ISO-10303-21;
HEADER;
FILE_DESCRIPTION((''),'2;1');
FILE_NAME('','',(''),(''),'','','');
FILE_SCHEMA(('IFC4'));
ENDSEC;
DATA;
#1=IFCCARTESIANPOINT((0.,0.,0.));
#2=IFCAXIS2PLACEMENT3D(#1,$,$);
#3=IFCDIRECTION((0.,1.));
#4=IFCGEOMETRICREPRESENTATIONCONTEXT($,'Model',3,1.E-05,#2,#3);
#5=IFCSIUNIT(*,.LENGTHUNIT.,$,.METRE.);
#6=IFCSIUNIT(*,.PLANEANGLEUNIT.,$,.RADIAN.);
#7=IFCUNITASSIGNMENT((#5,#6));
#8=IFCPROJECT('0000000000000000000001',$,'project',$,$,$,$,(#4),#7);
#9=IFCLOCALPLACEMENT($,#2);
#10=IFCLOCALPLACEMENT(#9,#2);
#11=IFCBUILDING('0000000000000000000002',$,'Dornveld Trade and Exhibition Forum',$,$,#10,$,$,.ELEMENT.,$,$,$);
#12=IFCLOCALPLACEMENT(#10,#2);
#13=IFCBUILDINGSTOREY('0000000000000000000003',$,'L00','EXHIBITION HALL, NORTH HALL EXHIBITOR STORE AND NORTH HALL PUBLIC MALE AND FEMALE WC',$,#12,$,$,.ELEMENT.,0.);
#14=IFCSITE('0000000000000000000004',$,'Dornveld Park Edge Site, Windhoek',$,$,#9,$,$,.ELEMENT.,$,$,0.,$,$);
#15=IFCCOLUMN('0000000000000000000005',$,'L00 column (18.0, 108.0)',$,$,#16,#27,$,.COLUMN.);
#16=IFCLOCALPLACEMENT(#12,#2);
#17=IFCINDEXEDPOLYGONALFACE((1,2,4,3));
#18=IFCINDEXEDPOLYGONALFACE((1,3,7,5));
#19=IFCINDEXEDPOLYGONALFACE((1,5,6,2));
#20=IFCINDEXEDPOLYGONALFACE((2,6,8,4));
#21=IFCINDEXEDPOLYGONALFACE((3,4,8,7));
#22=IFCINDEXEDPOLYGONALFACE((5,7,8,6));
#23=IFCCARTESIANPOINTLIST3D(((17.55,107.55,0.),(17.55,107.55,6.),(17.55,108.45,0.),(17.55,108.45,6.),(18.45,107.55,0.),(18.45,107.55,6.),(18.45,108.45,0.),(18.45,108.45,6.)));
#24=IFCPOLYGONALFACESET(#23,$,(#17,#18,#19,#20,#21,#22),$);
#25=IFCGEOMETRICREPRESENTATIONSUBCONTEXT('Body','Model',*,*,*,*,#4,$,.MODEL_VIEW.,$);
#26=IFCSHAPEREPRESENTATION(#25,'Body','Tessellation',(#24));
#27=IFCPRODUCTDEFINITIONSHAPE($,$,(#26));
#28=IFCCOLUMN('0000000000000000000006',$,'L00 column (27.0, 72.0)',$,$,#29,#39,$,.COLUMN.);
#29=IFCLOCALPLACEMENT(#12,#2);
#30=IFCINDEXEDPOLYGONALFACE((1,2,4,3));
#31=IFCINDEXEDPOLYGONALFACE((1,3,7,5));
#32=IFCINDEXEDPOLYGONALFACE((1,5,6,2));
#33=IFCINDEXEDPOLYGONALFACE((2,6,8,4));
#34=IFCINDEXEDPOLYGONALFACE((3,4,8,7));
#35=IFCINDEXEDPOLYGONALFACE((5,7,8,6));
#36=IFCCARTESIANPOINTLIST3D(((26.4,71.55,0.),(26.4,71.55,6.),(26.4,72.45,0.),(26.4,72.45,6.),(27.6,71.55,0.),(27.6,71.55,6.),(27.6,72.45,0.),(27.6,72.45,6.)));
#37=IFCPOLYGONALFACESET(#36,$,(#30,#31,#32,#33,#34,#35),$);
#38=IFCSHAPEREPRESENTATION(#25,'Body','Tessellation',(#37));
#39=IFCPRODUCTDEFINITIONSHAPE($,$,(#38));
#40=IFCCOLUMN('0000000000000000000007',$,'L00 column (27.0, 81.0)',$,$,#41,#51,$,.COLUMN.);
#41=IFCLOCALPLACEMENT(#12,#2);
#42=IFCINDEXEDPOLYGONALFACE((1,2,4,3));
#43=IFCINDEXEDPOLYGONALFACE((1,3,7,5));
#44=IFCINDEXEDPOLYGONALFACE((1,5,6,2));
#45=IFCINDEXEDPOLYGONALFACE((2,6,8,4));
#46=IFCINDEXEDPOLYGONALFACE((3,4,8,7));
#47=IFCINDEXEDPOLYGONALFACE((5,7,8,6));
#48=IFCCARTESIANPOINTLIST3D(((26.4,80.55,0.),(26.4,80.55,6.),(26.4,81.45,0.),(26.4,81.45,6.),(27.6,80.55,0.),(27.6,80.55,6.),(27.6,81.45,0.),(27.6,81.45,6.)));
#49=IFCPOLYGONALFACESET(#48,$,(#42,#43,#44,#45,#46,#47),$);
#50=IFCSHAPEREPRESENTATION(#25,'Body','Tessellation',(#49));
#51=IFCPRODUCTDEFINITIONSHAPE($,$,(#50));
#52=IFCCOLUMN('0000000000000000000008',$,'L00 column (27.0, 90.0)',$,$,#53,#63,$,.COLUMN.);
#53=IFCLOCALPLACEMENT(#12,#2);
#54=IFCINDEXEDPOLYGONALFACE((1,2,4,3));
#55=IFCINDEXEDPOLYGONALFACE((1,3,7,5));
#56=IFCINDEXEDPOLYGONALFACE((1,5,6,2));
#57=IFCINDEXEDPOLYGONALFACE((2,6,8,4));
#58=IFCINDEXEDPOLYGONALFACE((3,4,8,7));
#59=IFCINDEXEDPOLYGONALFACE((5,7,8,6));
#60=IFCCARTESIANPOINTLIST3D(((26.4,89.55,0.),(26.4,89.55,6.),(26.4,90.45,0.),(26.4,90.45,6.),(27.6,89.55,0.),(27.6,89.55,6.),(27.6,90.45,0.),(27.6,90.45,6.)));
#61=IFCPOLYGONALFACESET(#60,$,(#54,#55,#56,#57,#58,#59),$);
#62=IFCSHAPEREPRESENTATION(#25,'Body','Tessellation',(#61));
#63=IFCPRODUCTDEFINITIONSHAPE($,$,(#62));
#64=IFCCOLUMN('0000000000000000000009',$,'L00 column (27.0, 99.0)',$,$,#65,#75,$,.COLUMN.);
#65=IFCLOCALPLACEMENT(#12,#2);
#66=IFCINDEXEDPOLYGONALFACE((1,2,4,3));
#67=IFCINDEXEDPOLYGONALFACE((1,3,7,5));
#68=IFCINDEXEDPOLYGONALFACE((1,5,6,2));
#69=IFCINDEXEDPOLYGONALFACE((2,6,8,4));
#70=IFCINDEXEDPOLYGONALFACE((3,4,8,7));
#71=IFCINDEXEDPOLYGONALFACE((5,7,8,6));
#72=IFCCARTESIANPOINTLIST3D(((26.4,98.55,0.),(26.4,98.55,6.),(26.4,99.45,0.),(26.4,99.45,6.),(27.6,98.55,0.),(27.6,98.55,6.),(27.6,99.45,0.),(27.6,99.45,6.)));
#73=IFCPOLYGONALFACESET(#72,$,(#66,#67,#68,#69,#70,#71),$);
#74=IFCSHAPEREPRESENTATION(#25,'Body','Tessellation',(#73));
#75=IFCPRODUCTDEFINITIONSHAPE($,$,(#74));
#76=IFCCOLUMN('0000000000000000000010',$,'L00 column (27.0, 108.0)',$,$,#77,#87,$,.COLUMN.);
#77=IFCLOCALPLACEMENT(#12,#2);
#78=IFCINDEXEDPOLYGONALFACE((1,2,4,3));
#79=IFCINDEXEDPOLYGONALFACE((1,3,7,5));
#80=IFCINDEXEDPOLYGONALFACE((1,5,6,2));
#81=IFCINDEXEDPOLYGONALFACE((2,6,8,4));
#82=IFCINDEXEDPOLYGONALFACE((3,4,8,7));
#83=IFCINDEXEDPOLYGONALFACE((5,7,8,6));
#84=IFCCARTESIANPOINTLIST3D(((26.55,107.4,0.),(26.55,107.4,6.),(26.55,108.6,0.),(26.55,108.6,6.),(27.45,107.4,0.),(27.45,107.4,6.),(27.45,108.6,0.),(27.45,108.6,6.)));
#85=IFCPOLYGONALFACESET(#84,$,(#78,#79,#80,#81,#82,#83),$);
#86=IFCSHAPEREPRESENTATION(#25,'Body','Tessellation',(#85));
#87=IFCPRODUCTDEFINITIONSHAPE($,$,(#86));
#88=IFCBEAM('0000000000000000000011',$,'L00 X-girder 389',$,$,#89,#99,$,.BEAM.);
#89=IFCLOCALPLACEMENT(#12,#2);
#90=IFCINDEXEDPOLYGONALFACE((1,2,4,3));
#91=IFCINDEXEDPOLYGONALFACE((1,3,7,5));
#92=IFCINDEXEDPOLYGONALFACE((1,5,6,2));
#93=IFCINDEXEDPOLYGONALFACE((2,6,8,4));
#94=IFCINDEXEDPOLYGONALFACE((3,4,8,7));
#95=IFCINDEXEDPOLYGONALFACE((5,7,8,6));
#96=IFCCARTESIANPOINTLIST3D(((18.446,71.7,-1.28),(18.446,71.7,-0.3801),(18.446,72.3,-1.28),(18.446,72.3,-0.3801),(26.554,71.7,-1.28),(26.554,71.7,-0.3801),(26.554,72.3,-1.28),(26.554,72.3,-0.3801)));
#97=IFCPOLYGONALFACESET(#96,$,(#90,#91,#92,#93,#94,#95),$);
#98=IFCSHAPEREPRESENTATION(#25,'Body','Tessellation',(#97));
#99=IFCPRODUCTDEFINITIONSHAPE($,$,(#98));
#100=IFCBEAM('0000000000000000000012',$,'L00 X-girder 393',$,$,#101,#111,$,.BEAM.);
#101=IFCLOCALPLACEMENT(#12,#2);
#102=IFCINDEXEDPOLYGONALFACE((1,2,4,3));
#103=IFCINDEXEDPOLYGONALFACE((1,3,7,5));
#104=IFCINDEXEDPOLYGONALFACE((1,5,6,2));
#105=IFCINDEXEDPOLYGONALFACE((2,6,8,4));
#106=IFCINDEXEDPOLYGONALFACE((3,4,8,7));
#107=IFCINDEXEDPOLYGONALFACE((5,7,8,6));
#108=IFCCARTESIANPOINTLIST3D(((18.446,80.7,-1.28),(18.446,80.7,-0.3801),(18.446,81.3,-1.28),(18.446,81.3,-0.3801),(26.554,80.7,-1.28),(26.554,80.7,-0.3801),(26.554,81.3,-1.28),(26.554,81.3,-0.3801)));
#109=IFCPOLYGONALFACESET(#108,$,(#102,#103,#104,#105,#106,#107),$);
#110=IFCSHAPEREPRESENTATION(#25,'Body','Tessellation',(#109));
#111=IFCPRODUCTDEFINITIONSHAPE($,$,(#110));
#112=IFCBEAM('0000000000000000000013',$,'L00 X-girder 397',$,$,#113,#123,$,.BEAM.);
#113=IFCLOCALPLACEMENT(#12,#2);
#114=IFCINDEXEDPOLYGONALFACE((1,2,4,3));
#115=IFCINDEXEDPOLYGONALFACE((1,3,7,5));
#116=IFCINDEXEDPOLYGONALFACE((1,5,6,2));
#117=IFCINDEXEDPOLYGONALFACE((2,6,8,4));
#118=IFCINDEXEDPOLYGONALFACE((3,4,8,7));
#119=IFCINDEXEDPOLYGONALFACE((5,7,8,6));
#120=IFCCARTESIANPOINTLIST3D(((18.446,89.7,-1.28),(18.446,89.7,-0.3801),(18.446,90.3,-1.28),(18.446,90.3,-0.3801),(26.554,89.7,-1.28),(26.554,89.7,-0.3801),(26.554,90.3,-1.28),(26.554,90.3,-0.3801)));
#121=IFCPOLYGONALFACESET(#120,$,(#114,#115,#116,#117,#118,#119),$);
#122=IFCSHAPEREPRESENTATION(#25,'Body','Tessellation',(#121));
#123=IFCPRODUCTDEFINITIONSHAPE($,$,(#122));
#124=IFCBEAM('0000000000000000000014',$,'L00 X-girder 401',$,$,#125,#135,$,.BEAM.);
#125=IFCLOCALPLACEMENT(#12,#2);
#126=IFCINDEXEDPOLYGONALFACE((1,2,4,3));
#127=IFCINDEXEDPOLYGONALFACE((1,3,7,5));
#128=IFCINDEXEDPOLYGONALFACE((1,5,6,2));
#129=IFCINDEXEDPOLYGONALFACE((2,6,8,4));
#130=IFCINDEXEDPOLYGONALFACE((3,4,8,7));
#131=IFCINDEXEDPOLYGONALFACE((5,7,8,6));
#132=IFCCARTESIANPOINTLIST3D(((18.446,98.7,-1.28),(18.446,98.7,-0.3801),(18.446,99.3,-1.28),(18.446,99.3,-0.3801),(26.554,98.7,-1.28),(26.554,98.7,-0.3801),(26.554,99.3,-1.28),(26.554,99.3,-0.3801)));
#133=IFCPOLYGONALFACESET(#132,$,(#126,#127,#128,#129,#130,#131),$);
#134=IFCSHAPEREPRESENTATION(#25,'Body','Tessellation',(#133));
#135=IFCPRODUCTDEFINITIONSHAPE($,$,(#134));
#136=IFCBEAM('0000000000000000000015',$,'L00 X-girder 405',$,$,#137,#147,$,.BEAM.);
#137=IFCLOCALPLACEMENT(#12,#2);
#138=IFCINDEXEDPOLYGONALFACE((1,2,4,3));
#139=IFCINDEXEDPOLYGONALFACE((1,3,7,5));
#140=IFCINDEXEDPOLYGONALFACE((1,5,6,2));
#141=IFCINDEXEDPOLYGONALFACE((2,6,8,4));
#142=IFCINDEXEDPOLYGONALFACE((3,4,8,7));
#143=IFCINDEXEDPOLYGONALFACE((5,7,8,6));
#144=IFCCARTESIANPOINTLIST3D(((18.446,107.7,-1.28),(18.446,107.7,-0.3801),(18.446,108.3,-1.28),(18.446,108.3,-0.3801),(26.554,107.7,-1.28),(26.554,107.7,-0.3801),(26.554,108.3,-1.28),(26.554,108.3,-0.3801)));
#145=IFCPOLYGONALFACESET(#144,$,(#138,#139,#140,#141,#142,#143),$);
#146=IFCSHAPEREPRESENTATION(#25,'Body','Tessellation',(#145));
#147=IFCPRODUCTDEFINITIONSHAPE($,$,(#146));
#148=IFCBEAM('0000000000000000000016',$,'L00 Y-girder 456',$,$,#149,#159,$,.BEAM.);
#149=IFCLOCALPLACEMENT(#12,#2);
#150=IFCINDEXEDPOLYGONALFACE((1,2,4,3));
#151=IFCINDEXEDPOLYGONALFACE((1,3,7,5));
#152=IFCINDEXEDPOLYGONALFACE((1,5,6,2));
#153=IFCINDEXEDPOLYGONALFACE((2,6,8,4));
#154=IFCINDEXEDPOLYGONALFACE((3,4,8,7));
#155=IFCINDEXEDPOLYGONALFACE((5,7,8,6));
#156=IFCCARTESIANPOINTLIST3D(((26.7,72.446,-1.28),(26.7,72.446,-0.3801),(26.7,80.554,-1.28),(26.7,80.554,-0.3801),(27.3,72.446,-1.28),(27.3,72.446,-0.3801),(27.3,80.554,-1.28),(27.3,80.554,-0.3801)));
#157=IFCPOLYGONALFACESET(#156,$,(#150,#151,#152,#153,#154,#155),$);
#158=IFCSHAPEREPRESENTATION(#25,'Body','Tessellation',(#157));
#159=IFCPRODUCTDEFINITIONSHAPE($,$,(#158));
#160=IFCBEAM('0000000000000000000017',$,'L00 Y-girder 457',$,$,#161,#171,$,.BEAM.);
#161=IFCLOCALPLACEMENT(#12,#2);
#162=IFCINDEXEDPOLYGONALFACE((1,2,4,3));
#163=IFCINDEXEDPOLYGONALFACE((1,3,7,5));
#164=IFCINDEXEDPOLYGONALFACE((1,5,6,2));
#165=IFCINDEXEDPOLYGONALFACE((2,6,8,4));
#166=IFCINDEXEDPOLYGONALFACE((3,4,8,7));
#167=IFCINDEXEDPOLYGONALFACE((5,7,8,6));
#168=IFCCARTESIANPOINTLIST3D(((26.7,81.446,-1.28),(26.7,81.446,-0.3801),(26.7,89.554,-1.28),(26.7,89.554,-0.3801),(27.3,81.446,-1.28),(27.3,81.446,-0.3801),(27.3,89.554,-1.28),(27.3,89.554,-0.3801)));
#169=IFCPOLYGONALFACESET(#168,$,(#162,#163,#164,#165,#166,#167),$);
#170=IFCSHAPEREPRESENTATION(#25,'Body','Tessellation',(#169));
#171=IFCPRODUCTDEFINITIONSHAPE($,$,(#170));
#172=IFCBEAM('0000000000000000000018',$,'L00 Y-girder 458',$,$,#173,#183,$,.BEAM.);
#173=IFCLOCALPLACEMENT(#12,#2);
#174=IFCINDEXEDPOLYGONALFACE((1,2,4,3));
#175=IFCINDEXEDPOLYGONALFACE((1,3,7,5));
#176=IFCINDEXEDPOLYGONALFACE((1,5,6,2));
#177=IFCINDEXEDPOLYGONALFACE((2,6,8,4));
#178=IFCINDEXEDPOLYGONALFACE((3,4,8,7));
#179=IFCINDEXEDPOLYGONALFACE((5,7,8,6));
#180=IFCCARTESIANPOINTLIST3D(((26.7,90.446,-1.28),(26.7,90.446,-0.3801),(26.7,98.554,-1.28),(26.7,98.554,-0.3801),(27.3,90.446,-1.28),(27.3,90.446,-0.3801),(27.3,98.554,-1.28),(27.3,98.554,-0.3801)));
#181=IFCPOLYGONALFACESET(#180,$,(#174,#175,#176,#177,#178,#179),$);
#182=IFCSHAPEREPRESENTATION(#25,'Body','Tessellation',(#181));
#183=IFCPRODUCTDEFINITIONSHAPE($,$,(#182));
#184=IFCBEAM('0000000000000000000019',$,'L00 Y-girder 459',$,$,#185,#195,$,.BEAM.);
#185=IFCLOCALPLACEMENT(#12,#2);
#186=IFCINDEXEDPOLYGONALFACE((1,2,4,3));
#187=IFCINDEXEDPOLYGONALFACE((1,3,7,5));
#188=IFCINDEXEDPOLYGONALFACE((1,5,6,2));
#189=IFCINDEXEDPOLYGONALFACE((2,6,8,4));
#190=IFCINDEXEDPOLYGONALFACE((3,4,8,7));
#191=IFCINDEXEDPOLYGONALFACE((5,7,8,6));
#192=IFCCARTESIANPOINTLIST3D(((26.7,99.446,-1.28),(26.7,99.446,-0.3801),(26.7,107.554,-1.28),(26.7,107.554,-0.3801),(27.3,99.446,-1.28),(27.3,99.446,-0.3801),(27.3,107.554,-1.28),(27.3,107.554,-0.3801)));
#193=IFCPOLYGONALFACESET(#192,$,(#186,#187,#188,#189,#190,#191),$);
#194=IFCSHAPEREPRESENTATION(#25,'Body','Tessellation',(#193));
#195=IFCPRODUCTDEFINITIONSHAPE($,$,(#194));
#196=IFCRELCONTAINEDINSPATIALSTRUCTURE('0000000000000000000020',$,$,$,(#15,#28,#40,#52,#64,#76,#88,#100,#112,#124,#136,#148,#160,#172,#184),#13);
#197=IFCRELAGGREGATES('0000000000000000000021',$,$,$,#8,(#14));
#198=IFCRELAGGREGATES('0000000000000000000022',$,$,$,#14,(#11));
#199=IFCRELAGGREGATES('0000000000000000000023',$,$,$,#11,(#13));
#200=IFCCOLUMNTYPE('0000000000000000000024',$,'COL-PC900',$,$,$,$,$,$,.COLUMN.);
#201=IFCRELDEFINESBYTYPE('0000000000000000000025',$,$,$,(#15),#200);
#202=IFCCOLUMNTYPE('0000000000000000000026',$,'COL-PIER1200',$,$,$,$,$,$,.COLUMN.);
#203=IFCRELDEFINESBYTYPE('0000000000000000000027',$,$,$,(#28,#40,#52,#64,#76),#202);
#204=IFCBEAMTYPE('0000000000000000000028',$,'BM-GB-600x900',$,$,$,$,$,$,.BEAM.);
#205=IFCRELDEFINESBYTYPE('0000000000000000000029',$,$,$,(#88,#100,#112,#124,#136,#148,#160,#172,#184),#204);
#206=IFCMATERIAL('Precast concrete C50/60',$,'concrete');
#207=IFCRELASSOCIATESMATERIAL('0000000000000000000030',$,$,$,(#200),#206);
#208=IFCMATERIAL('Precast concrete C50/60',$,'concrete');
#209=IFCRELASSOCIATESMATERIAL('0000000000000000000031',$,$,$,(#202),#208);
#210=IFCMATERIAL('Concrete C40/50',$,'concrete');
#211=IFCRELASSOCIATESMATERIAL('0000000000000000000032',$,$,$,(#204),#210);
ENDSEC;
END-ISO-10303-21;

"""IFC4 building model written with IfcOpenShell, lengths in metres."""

from ifc_helpers import new_model, si_unit, direction, frame, origin, origin_2d, place, context, subcontext, project, spatial, rectangle, extrude, material, material_profile, profile_set, type_object, element, save


model = new_model("IFC4")

# Units and contexts
model_context = context("Model", 3, precision=1e-05, world=origin(), true_north=direction((0.0, 1.0)))
body_context = subcontext(model_context, "Body", "Model", "MODEL_VIEW")
ifc_project = project(units=[si_unit("LENGTHUNIT", "METRE"), si_unit("PLANEANGLEUNIT", "RADIAN")], contexts=[model_context])

# Site, building, storey
site_placement = place(None, origin())
site = spatial("IfcSite", under=ifc_project, at=site_placement, Name="Dornveld Park Edge Site, Windhoek", CompositionType="ELEMENT", RefElevation=0.0)
building_placement = place(site_placement, origin())
building = spatial("IfcBuilding", under=site, at=building_placement, Name="Dornveld Trade and Exhibition Forum", CompositionType="ELEMENT")
storey_placement = place(building_placement, origin())
storey = spatial("IfcBuildingStorey", under=building, at=storey_placement, Name="L00", Description="EXHIBITION HALL, NORTH HALL EXHIBITOR STORE AND NORTH HALL PUBLIC MALE AND FEMALE WC", CompositionType="ELEMENT", Elevation=0.0)

# Columns
ifc_material_1 = material(Name="Precast concrete C50/60", Category="concrete")
ifc_material_profile_1 = material_profile(ifc_material_1, rectangle(XDim=0.8999, YDim=0.8999, at=origin_2d()), Name="PC-COL 900x900")
ifc_profile_set_1 = profile_set([ifc_material_profile_1], Name="Precast concrete C50/60")
column_type_1 = type_object("IfcColumnType", Name="COL-PC900", PredefinedType="COLUMN", material=ifc_profile_set_1)
column_placement = place(storey_placement, frame((18.0, 108.0, 0.0), z_axis=(0.0, 0.0, 1.0), x_axis=(1.0, 0.0, 0.0)))
element("IfcColumn", 1, at=column_placement, inside=storey, type_object=column_type_1, Name="L00 column (18.0, 108.0)", PredefinedType="COLUMN", context=body_context, shape_type="SweptSolid", body=[
    extrude(rectangle(XDim=0.8999, YDim=0.8999, at=origin_2d()), origin(), (0.0, 0.0, 1.0), 6.0),
])
ifc_material_2 = material(Name="Precast concrete C50/60", Category="concrete")
ifc_material_profile_2 = material_profile(ifc_material_2, rectangle(XDim=1.2, YDim=0.8999, at=origin_2d()), Name="PC-PIER 1200x900")
ifc_profile_set_2 = profile_set([ifc_material_profile_2], Name="Precast concrete C50/60")
column_type_2 = type_object("IfcColumnType", Name="COL-PIER1200", PredefinedType="COLUMN", material=ifc_profile_set_2)
for number, where, z_axis, x_axis, name in (
    (2, (27.0, 72.0, 0.0), (0.0, 0.0, 1.0), (1.0, 0.0, 0.0), "L00 column (27.0, 72.0)"),
    (3, (27.0, 81.0, 0.0), (0.0, 0.0, 1.0), (1.0, 0.0, 0.0), "L00 column (27.0, 81.0)"),
    (4, (27.0, 90.0, 0.0), (0.0, 0.0, 1.0), (1.0, 0.0, 0.0), "L00 column (27.0, 90.0)"),
    (5, (27.0, 99.0, 0.0), (0.0, 0.0, 1.0), (1.0, 0.0, 0.0), "L00 column (27.0, 99.0)"),
    (6, (27.0, 108.0, 0.0), (0.0, 0.0, 1.0), (0.0, 1.0, 0.0), "L00 column (27.0, 108.0)"),
):
    element("IfcColumn", number, at=place(storey_placement, frame(where, z_axis=z_axis, x_axis=x_axis)), inside=storey, type_object=column_type_2, Name=name, PredefinedType="COLUMN", context=body_context, shape_type="SweptSolid", body=[
        extrude(rectangle(XDim=1.2, YDim=0.8999, at=origin_2d()), origin(), (0.0, 0.0, 1.0), 6.0),
    ])

# Beams
ifc_material_3 = material(Name="Concrete C40/50", Category="concrete")
ifc_material_profile_3 = material_profile(ifc_material_3, rectangle(XDim=0.6001, YDim=0.8999, at=origin_2d()), Name="RC-GB 600x900")
ifc_profile_set_3 = profile_set([ifc_material_profile_3], Name="Concrete C40/50")
beam_type_1 = type_object("IfcBeamType", Name="BM-GB-600x900", PredefinedType="BEAM", material=ifc_profile_set_3)
for number, where, z_axis, x_axis, name in (
    (7, (18.446, 72.0, -0.8301), (1.0, 0.0, 0.0), (0.0, 1.0, 0.0), "L00 X-girder 389"),
    (8, (18.446, 81.0, -0.8301), (1.0, 0.0, 0.0), (0.0, 1.0, 0.0), "L00 X-girder 393"),
    (9, (18.446, 90.0, -0.8301), (1.0, 0.0, 0.0), (0.0, 1.0, 0.0), "L00 X-girder 397"),
    (10, (18.446, 99.0, -0.8301), (1.0, 0.0, 0.0), (0.0, 1.0, 0.0), "L00 X-girder 401"),
    (11, (18.446, 108.0, -0.8301), (1.0, 0.0, 0.0), (0.0, 1.0, 0.0), "L00 X-girder 405"),
    (12, (27.0, 72.446, -0.8301), (0.0, 1.0, 0.0), (-1.0, 0.0, 0.0), "L00 Y-girder 456"),
    (13, (27.0, 81.446, -0.8301), (0.0, 1.0, 0.0), (-1.0, 0.0, 0.0), "L00 Y-girder 457"),
    (14, (27.0, 90.446, -0.8301), (0.0, 1.0, 0.0), (-1.0, 0.0, 0.0), "L00 Y-girder 458"),
    (15, (27.0, 99.446, -0.8301), (0.0, 1.0, 0.0), (-1.0, 0.0, 0.0), "L00 Y-girder 459"),
):
    element("IfcBeam", number, at=place(storey_placement, frame(where, z_axis=z_axis, x_axis=x_axis)), inside=storey, type_object=beam_type_1, Name=name, PredefinedType="BEAM", context=body_context, shape_type="SweptSolid", body=[
        extrude(rectangle(XDim=0.6001, YDim=0.8999, at=origin_2d()), origin(), (0.0, 0.0, 1.0), 8.1079),
    ])

save(model, "model.ifc")
